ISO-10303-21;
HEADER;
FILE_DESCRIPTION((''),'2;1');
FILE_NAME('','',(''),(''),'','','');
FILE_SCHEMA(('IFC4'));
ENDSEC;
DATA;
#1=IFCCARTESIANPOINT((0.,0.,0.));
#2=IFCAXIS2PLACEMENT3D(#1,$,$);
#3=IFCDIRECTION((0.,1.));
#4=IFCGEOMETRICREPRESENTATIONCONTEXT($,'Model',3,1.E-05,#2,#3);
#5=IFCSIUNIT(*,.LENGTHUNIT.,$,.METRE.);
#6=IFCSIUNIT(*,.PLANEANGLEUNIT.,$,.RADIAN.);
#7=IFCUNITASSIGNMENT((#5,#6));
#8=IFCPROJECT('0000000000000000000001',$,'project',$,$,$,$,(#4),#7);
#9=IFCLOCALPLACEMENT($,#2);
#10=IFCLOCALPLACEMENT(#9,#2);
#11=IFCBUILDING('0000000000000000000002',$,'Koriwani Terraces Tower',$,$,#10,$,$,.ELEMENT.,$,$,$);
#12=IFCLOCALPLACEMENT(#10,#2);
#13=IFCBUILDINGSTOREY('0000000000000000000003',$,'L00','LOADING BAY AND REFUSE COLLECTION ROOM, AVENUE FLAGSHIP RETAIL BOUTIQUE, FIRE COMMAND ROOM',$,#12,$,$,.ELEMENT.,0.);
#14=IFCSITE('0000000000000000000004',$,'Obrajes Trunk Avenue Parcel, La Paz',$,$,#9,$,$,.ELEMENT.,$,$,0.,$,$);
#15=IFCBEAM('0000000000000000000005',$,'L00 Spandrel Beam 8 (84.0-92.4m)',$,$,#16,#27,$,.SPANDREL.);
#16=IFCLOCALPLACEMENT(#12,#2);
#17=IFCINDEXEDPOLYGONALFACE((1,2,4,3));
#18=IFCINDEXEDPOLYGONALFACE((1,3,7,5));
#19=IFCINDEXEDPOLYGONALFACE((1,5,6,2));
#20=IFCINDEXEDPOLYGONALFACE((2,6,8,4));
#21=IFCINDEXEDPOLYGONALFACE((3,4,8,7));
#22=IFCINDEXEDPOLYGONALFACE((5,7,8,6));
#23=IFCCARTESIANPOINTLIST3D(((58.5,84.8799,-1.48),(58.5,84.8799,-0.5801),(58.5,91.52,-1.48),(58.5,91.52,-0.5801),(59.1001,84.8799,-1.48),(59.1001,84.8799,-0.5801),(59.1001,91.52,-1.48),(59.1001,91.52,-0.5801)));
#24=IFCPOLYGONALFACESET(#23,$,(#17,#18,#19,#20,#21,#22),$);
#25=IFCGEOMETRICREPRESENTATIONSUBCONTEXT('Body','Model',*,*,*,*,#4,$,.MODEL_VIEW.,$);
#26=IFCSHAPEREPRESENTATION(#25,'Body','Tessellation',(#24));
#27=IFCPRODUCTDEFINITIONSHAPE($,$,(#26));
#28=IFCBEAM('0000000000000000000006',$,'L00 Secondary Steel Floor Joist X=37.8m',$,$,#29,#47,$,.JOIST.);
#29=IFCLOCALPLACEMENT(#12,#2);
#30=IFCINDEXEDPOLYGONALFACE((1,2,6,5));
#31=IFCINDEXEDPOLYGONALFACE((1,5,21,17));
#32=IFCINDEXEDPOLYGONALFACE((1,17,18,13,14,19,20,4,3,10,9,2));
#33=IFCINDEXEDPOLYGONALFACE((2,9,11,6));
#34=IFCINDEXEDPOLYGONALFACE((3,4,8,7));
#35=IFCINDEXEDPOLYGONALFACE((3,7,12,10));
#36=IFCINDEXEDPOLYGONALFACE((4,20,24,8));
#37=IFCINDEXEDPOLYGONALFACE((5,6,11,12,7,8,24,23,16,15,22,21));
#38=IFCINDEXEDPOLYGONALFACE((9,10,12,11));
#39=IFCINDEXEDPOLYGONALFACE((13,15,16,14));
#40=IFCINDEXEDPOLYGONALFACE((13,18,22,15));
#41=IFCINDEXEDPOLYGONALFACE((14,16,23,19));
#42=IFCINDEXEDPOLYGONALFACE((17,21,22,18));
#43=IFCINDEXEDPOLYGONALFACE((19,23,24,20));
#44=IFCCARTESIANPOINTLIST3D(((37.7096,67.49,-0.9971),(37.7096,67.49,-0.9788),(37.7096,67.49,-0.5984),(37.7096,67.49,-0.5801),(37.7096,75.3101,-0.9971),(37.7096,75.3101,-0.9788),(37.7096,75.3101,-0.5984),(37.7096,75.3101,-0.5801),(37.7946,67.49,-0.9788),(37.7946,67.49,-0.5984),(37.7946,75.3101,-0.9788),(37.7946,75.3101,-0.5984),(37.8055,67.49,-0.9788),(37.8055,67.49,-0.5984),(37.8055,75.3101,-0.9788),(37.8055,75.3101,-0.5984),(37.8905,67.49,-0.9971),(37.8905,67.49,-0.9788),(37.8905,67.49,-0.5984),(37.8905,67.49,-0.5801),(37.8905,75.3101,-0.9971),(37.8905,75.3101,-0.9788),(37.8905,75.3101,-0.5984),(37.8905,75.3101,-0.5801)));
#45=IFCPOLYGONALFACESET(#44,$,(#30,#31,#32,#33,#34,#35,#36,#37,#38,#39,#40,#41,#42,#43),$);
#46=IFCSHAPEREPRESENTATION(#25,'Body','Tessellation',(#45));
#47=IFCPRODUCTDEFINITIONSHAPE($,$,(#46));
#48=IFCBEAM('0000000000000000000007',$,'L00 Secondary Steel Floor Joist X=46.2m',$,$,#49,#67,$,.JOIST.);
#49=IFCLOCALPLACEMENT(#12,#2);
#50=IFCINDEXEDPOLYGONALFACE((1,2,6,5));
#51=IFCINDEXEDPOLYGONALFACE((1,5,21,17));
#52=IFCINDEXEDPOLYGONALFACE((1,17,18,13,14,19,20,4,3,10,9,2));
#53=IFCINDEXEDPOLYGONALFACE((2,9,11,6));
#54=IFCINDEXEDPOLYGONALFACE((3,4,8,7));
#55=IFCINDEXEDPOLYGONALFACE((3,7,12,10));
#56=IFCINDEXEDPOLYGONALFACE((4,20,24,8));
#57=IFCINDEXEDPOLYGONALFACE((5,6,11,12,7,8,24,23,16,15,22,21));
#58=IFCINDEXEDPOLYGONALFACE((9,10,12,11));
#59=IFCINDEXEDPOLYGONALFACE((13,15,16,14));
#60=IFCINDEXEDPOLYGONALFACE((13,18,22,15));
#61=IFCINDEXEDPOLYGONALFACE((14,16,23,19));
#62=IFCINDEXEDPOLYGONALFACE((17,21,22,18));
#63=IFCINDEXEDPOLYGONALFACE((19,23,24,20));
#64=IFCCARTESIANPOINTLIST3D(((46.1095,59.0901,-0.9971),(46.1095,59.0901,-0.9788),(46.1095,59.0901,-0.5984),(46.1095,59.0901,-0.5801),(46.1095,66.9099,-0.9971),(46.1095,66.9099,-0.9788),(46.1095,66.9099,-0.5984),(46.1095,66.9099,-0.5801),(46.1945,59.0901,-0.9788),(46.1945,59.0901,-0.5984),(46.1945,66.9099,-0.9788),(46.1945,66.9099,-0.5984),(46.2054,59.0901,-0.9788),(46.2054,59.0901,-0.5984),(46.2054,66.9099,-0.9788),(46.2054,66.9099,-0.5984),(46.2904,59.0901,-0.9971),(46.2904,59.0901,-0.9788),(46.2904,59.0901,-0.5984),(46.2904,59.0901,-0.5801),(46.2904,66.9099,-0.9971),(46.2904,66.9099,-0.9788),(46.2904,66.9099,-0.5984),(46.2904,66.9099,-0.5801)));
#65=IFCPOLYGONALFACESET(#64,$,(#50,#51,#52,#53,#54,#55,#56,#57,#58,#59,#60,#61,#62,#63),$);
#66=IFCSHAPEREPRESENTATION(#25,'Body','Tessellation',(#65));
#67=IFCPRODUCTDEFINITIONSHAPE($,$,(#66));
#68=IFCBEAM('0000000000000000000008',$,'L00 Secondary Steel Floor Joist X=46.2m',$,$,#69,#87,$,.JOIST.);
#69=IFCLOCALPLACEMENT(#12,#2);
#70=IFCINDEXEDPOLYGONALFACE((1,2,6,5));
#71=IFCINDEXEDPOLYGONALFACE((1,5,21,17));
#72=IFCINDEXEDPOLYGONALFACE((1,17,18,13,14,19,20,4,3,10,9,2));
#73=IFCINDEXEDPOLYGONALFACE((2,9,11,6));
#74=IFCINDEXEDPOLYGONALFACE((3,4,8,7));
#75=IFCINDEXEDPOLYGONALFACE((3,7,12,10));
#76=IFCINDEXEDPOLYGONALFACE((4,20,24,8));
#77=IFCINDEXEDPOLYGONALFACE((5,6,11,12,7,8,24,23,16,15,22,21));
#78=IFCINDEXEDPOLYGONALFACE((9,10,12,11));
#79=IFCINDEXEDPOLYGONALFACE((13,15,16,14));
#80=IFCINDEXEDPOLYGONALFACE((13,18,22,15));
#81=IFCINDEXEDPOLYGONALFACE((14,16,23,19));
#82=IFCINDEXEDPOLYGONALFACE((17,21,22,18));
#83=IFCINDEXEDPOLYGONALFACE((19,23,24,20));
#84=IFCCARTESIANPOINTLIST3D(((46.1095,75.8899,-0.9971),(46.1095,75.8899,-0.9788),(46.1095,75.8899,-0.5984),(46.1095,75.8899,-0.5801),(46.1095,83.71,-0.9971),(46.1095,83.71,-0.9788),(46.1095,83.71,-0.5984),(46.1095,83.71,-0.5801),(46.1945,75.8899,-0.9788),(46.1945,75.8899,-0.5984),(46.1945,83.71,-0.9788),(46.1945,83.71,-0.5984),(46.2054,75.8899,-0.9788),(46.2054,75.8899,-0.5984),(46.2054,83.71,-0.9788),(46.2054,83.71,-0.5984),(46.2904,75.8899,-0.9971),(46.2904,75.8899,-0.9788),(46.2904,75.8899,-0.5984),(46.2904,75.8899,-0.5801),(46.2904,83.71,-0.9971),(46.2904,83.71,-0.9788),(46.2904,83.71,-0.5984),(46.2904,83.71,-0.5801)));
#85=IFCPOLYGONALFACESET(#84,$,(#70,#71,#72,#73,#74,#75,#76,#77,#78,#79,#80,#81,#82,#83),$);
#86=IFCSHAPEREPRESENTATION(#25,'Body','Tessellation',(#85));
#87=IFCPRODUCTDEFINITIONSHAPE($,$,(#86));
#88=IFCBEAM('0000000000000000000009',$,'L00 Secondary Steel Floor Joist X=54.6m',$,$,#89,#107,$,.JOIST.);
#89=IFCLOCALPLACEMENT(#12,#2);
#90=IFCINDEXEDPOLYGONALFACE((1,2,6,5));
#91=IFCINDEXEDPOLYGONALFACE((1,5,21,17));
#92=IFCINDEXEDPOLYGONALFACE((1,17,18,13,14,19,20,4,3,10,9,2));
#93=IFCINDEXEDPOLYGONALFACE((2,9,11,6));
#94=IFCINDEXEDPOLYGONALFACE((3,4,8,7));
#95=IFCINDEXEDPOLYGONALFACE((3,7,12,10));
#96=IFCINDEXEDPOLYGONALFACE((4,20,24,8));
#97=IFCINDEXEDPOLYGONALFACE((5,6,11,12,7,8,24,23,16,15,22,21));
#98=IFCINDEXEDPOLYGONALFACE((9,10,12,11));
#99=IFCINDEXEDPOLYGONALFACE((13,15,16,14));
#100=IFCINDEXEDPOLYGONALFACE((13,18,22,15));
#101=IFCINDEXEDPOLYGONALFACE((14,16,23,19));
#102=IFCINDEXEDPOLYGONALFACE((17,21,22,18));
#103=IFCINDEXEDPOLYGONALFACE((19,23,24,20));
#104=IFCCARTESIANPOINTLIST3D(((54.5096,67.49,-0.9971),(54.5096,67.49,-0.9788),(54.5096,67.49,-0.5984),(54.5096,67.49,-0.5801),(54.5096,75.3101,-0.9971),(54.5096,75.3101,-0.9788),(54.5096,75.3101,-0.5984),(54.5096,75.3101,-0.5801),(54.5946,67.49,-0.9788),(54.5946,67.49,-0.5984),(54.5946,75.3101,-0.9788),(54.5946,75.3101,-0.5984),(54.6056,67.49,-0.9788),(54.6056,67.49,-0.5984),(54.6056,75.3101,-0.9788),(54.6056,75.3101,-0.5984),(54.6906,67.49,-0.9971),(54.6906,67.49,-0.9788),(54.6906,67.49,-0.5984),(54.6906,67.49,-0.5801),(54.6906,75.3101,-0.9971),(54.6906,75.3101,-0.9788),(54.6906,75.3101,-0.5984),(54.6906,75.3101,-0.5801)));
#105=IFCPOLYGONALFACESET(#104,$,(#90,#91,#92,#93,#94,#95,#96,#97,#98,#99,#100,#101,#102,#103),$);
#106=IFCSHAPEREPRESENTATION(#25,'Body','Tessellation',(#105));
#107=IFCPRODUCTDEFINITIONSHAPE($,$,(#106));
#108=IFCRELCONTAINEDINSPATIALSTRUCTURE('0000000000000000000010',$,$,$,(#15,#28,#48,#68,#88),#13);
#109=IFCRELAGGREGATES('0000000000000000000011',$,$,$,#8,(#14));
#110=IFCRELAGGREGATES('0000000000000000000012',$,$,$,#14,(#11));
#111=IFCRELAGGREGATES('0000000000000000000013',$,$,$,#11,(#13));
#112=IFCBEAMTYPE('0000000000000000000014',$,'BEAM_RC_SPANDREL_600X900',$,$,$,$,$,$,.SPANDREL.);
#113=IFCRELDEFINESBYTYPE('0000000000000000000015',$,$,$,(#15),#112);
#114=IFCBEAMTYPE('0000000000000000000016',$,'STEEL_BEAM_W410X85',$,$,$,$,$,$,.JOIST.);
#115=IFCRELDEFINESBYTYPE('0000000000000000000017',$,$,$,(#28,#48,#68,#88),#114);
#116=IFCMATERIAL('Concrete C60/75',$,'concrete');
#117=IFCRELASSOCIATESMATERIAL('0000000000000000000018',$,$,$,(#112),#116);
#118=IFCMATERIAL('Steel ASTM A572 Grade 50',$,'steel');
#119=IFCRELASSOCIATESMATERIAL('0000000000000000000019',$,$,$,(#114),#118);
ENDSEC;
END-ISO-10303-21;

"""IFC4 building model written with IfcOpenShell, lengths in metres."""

from ifc_helpers import new_model, si_unit, direction, frame, origin, origin_2d, place, context, subcontext, project, spatial, rectangle, i_section, extrude, material, material_profile, profile_set, type_object, element, save


model = new_model("IFC4")

# Units and contexts
model_context = context("Model", 3, precision=1e-05, world=origin(), true_north=direction((0.0, 1.0)))
body_context = subcontext(model_context, "Body", "Model", "MODEL_VIEW")
ifc_project = project(units=[si_unit("LENGTHUNIT", "METRE"), si_unit("PLANEANGLEUNIT", "RADIAN")], contexts=[model_context])

# Site, building, storey
site_placement = place(None, origin())
site = spatial("IfcSite", under=ifc_project, at=site_placement, Name="Obrajes Trunk Avenue Parcel, La Paz", CompositionType="ELEMENT", RefElevation=0.0)
building_placement = place(site_placement, origin())
building = spatial("IfcBuilding", under=site, at=building_placement, Name="Koriwani Terraces Tower", CompositionType="ELEMENT")
storey_placement = place(building_placement, origin())
storey = spatial("IfcBuildingStorey", under=building, at=storey_placement, Name="L00", Description="LOADING BAY AND REFUSE COLLECTION ROOM, AVENUE FLAGSHIP RETAIL BOUTIQUE, FIRE COMMAND ROOM", CompositionType="ELEMENT", Elevation=0.0)

# Shared definitions
ifc_material_1 = material(Name="Concrete C60/75", Category="concrete")

# Beams
ifc_material_profile_1 = material_profile(ifc_material_1, rectangle(XDim=0.6001, YDim=0.8999, at=origin_2d()), Name="Concrete C60/75", Category="LoadBearing")
ifc_profile_set_1 = profile_set([ifc_material_profile_1], Name="Concrete C60/75")
beam_type_1 = type_object("IfcBeamType", Name="BEAM_RC_SPANDREL_600X900", PredefinedType="SPANDREL", material=ifc_profile_set_1)
for number, where, z_axis, x_axis, name in (
    (1, (58.8, 84.8799, -1.03), (0.0, 1.0, 0.0), (-1.0, 0.0, 0.0), "L00 Spandrel Beam 8 (84.0-92.4m)"),
):
    element("IfcBeam", number, at=place(storey_placement, frame(where, z_axis=z_axis, x_axis=x_axis)), inside=storey, type_object=beam_type_1, Name=name, PredefinedType="SPANDREL", context=body_context, shape_type="SweptSolid", body=[
        extrude(rectangle(XDim=0.6001, YDim=0.8999, at=origin_2d()), origin(), (0.0, 0.0, 1.0), 6.6401),
    ])
ifc_material_2 = material(Name="Steel ASTM A572 Grade 50", Category="steel")
ifc_material_profile_2 = material_profile(ifc_material_2, i_section(OverallWidth=0.1809, OverallDepth=0.417, WebThickness=0.011, FlangeThickness=0.0183, at=origin_2d()), Name="Steel ASTM A572 Grade 50", Category="LoadBearing")
ifc_profile_set_2 = profile_set([ifc_material_profile_2], Name="Steel ASTM A572 Grade 50")
beam_type_2 = type_object("IfcBeamType", Name="STEEL_BEAM_W410X85", PredefinedType="JOIST", material=ifc_profile_set_2)
beam_1_placement = place(storey_placement, frame((37.8, 67.49, -0.7886), z_axis=(0.0, 1.0, 0.0), x_axis=(-1.0, 0.0, 0.0)))
element("IfcBeam", 2, at=beam_1_placement, inside=storey, type_object=beam_type_2, Name="L00 Secondary Steel Floor Joist X=37.8m", PredefinedType="JOIST", context=body_context, shape_type="SweptSolid", body=[
    extrude(i_section(OverallWidth=0.1809, OverallDepth=0.417, WebThickness=0.011, FlangeThickness=0.0183, at=origin_2d()), origin(), (0.0, 0.0, 1.0), 7.8201),
])
beam_2_placement = place(storey_placement, frame((46.2, 59.0901, -0.7886), z_axis=(0.0, 1.0, 0.0), x_axis=(-1.0, 0.0, 0.0)))
element("IfcBeam", 3, at=beam_2_placement, inside=storey, type_object=beam_type_2, Name="L00 Secondary Steel Floor Joist X=46.2m", PredefinedType="JOIST", context=body_context, shape_type="SweptSolid", body=[
    extrude(i_section(OverallWidth=0.1809, OverallDepth=0.417, WebThickness=0.011, FlangeThickness=0.0183, at=origin_2d()), origin(), (0.0, 0.0, 1.0), 7.8198),
])
for number, where, z_axis, x_axis, name in (
    (4, (46.2, 75.8899, -0.7886), (0.0, 1.0, 0.0), (-1.0, 0.0, 0.0), "L00 Secondary Steel Floor Joist X=46.2m"),
    (5, (54.6001, 67.49, -0.7886), (0.0, 1.0, 0.0), (-1.0, 0.0, 0.0), "L00 Secondary Steel Floor Joist X=54.6m"),
):
    element("IfcBeam", number, at=place(storey_placement, frame(where, z_axis=z_axis, x_axis=x_axis)), inside=storey, type_object=beam_type_2, Name=name, PredefinedType="JOIST", context=body_context, shape_type="SweptSolid", body=[
        extrude(i_section(OverallWidth=0.1809, OverallDepth=0.417, WebThickness=0.011, FlangeThickness=0.0183, at=origin_2d()), origin(), (0.0, 0.0, 1.0), 7.8201),
    ])

save(model, "model.ifc")
